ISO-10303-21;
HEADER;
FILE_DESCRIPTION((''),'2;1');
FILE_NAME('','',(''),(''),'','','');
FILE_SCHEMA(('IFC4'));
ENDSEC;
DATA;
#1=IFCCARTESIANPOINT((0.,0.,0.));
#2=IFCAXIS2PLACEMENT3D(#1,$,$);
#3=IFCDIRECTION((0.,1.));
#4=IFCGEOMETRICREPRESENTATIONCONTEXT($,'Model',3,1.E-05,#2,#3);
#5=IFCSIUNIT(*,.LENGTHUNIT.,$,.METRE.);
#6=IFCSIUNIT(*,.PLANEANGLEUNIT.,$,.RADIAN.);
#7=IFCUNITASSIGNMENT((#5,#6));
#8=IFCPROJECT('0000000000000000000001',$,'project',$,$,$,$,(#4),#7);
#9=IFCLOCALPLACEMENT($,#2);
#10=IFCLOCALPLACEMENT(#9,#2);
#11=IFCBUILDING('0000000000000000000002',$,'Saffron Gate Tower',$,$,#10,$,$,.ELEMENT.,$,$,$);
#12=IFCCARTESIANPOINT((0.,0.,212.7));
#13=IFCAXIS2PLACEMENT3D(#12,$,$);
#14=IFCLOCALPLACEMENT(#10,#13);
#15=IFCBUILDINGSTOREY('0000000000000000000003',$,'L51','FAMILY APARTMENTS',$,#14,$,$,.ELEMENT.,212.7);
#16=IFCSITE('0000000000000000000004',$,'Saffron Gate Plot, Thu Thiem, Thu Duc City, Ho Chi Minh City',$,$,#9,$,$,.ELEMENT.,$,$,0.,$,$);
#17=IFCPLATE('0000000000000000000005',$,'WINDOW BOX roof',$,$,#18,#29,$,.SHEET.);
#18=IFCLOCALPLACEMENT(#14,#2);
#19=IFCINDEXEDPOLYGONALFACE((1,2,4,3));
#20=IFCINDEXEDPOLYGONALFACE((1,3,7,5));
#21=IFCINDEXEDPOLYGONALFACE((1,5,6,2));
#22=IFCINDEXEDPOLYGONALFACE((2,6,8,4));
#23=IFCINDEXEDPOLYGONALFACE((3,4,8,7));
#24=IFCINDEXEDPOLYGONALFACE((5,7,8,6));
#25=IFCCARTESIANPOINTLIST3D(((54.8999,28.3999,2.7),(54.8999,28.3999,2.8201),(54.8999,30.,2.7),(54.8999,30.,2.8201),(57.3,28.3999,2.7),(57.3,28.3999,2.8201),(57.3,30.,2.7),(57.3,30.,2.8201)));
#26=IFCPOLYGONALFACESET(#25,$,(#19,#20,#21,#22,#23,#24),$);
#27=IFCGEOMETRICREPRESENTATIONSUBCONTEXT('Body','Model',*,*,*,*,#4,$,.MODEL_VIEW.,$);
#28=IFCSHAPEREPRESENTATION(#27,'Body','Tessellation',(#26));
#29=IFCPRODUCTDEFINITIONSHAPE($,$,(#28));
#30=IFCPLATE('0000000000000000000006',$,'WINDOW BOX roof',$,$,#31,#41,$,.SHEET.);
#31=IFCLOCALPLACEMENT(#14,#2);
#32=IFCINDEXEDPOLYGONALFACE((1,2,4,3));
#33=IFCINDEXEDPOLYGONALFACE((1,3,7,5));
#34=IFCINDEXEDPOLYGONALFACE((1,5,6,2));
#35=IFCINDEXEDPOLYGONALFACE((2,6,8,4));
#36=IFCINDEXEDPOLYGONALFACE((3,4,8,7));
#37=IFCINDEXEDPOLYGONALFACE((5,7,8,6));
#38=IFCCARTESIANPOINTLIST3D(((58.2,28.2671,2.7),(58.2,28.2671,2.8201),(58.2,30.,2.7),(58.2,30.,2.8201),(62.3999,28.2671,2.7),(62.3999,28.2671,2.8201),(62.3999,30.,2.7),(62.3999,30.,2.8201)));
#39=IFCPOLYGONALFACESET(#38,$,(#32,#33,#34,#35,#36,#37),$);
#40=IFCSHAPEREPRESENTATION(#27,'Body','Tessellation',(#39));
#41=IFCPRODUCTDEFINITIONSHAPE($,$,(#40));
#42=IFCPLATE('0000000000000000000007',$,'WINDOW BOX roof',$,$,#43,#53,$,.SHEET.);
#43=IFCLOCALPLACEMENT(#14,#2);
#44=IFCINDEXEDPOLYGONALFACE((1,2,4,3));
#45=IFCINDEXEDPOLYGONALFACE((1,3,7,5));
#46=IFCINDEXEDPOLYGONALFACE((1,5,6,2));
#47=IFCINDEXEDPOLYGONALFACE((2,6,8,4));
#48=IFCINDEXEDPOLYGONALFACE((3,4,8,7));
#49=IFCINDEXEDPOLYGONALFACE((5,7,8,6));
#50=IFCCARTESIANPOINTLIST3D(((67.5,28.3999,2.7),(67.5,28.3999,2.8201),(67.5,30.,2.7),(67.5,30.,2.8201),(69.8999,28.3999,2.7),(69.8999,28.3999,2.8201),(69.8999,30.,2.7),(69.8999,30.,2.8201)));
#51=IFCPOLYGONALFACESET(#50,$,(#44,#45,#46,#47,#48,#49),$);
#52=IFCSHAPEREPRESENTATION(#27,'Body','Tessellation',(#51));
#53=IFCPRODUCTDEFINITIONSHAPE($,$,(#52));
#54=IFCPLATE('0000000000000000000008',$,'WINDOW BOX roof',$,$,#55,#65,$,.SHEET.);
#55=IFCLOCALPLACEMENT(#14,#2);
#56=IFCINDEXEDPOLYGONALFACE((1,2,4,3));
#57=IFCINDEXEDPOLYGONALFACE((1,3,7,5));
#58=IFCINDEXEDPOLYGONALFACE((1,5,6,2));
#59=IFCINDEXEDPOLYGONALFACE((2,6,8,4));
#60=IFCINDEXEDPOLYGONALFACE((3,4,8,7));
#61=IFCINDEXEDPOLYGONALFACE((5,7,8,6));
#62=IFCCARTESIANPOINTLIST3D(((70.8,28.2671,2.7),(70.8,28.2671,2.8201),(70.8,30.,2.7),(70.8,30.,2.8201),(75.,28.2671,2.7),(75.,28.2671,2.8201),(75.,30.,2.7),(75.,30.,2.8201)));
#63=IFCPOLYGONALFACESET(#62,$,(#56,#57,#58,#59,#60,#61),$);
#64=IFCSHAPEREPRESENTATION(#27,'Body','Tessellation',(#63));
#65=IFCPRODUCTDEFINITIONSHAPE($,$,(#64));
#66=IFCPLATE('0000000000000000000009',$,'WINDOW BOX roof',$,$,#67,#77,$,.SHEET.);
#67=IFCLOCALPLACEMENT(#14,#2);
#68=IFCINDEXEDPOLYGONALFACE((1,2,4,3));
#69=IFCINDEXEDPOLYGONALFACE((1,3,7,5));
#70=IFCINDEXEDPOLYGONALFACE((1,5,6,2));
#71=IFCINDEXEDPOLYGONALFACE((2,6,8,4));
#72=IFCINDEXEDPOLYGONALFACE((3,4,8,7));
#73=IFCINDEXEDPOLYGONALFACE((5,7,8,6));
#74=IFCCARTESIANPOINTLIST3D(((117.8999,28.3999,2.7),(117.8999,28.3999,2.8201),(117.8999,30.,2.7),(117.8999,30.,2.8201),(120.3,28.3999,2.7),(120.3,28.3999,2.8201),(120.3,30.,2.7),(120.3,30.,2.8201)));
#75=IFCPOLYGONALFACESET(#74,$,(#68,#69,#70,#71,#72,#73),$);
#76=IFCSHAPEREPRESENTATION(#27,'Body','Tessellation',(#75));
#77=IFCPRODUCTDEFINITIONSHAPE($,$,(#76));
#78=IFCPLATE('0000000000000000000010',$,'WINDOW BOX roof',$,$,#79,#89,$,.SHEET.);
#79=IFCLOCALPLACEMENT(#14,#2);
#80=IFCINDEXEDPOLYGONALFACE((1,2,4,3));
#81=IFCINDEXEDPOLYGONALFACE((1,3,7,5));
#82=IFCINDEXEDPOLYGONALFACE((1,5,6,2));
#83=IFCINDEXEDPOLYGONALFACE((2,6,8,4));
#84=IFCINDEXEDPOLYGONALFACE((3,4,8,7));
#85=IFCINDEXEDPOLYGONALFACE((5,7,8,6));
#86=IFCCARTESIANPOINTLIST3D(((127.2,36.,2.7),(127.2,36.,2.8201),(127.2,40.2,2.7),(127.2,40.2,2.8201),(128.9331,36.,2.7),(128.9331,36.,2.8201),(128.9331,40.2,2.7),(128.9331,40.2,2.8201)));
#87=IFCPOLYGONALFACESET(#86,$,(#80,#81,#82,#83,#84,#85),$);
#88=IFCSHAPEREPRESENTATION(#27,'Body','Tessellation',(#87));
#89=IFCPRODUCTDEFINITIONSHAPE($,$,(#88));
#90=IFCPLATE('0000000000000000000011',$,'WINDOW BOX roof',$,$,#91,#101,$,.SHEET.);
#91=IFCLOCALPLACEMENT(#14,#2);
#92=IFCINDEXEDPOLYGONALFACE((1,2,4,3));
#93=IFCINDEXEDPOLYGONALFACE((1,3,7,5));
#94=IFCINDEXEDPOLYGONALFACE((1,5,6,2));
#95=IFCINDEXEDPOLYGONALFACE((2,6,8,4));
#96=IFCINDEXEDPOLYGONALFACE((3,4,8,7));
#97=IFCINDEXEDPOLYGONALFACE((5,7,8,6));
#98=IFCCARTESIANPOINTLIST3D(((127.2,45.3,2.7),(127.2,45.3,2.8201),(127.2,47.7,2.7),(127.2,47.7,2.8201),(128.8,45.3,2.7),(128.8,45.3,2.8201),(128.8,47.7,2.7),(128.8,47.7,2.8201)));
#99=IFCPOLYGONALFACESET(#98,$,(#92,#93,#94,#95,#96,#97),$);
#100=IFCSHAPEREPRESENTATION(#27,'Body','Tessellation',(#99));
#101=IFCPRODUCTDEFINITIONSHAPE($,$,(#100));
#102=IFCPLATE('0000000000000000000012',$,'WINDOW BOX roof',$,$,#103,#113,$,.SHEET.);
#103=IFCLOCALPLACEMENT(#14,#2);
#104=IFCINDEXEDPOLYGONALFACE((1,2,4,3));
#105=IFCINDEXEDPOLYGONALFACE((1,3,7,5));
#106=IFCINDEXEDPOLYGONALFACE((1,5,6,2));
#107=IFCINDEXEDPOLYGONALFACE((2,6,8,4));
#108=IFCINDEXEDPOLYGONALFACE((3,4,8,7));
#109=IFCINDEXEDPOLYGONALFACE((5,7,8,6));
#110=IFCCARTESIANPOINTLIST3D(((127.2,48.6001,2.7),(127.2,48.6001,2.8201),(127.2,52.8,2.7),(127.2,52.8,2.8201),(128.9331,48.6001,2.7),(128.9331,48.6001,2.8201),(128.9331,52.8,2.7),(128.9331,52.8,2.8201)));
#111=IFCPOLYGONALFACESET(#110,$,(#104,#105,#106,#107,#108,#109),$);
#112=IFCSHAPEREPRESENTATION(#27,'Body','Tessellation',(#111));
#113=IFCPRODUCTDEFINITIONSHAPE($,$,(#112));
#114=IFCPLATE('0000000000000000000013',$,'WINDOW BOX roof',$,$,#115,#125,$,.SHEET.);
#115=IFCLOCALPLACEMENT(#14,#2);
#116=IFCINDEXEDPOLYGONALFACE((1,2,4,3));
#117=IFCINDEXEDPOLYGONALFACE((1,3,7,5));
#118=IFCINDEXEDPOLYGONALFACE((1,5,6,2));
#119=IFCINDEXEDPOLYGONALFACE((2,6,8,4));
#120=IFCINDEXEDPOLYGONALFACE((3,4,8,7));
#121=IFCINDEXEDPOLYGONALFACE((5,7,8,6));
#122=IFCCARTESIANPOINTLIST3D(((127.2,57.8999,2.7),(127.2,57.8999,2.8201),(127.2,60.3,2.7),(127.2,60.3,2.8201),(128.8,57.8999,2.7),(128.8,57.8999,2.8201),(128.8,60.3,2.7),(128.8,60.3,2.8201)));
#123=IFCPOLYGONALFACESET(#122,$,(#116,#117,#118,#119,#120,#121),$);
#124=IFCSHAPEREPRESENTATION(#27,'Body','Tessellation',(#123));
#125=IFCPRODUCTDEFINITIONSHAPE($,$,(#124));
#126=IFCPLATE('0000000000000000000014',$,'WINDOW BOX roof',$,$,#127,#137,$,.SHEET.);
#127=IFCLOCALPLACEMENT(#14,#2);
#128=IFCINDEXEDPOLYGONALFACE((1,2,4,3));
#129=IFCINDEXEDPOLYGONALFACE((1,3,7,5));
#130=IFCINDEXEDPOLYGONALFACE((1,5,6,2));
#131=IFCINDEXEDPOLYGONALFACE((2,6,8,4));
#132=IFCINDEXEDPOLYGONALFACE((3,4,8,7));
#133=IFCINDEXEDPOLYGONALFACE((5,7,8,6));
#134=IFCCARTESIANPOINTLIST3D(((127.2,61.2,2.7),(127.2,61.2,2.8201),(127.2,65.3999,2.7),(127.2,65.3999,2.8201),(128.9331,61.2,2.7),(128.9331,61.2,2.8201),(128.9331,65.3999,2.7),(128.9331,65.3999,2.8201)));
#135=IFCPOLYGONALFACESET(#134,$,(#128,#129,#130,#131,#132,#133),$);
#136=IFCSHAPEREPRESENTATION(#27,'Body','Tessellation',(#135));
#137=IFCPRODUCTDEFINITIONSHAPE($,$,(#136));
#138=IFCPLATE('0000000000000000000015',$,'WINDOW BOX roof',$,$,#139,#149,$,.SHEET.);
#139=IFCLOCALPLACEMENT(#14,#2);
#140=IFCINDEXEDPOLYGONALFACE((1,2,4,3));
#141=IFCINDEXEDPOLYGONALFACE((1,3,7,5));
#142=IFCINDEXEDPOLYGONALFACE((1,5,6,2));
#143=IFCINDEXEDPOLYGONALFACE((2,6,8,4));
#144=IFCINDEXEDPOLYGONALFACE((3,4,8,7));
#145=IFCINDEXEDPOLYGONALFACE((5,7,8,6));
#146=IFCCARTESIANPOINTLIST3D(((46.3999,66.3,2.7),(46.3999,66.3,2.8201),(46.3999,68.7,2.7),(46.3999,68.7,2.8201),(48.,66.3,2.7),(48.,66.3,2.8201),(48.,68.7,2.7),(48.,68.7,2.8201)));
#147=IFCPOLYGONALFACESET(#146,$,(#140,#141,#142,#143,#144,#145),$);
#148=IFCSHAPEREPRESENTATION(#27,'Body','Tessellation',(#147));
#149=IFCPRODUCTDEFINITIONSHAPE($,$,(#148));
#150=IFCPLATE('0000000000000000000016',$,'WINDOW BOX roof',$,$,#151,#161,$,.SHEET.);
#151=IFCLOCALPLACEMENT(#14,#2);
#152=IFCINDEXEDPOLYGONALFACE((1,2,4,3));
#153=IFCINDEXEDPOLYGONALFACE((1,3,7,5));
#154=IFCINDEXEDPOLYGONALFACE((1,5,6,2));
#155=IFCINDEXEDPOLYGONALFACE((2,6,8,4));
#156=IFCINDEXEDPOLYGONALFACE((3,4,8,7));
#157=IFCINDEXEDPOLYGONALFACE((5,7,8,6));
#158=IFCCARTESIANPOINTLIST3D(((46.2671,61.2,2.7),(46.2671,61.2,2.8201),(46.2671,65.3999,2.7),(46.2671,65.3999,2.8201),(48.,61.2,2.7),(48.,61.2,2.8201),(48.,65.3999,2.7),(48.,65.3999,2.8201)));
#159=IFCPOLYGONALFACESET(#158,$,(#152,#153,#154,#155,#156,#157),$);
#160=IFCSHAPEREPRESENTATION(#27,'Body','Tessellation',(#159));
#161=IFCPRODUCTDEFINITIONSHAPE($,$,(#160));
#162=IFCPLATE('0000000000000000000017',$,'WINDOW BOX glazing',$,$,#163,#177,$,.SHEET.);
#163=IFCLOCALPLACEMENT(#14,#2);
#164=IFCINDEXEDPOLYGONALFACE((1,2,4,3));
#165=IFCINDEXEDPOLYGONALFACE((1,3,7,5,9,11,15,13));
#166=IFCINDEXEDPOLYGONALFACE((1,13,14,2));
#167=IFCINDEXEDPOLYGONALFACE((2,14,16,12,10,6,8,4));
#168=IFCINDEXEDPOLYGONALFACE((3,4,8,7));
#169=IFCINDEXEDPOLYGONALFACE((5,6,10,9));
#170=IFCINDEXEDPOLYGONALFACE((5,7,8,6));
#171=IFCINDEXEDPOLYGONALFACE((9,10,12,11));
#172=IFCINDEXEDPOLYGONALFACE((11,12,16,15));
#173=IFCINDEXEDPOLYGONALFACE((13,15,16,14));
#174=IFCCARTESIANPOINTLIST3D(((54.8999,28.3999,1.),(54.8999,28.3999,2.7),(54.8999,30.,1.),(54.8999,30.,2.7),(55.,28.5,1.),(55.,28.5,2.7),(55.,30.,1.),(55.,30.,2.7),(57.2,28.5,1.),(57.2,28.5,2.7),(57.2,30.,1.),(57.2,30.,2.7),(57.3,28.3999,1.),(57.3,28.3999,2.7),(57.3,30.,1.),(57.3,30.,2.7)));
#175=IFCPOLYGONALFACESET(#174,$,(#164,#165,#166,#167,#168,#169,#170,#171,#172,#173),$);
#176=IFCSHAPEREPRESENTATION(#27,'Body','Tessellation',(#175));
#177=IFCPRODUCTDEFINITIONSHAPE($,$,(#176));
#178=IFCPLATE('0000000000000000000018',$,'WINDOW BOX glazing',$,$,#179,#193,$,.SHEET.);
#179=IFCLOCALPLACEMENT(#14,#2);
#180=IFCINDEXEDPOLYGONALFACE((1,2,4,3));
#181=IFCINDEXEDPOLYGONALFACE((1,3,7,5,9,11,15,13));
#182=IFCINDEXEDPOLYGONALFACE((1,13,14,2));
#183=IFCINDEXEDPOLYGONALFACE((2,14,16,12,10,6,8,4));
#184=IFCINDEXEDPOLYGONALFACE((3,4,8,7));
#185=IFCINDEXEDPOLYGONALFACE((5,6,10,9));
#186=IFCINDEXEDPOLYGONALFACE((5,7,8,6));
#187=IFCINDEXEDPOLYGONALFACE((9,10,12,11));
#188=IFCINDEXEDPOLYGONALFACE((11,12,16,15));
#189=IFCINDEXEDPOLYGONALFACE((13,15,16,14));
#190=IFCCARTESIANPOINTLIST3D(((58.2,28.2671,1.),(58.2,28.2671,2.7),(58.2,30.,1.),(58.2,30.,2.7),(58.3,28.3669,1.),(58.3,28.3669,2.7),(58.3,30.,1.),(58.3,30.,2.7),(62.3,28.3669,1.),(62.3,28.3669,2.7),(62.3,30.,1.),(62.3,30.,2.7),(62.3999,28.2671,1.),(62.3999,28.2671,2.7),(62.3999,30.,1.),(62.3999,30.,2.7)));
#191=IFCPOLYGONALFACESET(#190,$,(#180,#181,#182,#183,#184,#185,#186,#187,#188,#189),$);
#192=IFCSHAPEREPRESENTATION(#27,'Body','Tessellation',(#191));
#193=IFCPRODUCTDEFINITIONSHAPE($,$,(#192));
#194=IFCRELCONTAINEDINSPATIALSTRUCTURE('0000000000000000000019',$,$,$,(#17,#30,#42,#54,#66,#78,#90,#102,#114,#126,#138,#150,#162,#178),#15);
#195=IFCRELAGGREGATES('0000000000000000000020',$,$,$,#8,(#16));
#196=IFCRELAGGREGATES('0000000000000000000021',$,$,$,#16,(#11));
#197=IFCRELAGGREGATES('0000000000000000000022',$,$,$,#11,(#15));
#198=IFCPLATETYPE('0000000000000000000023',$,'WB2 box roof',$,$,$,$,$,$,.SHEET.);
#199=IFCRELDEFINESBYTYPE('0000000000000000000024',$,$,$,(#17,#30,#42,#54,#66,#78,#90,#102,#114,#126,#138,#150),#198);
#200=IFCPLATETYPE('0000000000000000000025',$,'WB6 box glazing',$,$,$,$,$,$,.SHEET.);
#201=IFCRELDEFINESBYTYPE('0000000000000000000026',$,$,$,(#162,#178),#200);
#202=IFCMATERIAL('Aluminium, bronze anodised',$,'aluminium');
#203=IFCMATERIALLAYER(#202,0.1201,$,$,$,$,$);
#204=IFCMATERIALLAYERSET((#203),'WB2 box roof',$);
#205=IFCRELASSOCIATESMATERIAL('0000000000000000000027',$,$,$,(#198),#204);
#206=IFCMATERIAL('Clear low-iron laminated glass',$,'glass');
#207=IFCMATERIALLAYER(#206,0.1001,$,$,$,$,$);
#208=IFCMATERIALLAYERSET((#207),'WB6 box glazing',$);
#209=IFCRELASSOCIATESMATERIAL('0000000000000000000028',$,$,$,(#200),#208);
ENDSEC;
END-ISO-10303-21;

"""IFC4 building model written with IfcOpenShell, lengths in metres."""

from ifc_helpers import new_model, si_unit, direction, frame, origin, place, context, subcontext, project, spatial, polyline, outline, extrude, material, layer, layer_set, type_object, element, save


model = new_model("IFC4")

# Units and contexts
model_context = context("Model", 3, precision=1e-05, world=origin(), true_north=direction((0.0, 1.0)))
body_context = subcontext(model_context, "Body", "Model", "MODEL_VIEW")
ifc_project = project(units=[si_unit("LENGTHUNIT", "METRE"), si_unit("PLANEANGLEUNIT", "RADIAN")], contexts=[model_context])

# Site, building, storey
site_placement = place(None, origin())
site = spatial("IfcSite", under=ifc_project, at=site_placement, Name="Saffron Gate Plot, Thu Thiem, Thu Duc City, Ho Chi Minh City", CompositionType="ELEMENT", RefElevation=0.0)
building_placement = place(site_placement, origin())
building = spatial("IfcBuilding", under=site, at=building_placement, Name="Saffron Gate Tower", CompositionType="ELEMENT")
storey_placement = place(building_placement, frame((0.0, 0.0, 212.7)))
storey = spatial("IfcBuildingStorey", under=building, at=storey_placement, Name="L51", Description="FAMILY APARTMENTS", CompositionType="ELEMENT", Elevation=212.7)

# Plates
ifc_material_1 = material(Name="Aluminium, bronze anodised", Category="aluminium")
ifc_layer_1 = layer(ifc_material_1, 0.1201)
ifc_layer_set_1 = layer_set([ifc_layer_1], Name="WB2 box roof")
plate_type_1 = type_object("IfcPlateType", Name="WB2 box roof", PredefinedType="SHEET", material=ifc_layer_set_1)
plate_1_placement = place(storey_placement, frame((0.0, 0.0, 2.7)))
element("IfcPlate", 1, at=plate_1_placement, inside=storey, type_object=plate_type_1, Name="WINDOW BOX roof", PredefinedType="SHEET", context=body_context, shape_type="SweptSolid", body=[
    extrude(outline(polyline([(54.8999, 30.0), (57.3, 30.0), (57.3, 28.3999), (54.8999, 28.3999), (54.8999, 30.0)])), origin(), (0.0, 0.0, 1.0), 0.1201),
])
plate_2_placement = place(storey_placement, frame((0.0, 0.0, 2.7)))
element("IfcPlate", 2, at=plate_2_placement, inside=storey, type_object=plate_type_1, Name="WINDOW BOX roof", PredefinedType="SHEET", context=body_context, shape_type="SweptSolid", body=[
    extrude(outline(polyline([(58.2, 30.0), (62.3999, 30.0), (62.3999, 28.2671), (58.2, 28.2671), (58.2, 30.0)])), origin(), (0.0, 0.0, 1.0), 0.1201),
])
plate_3_placement = place(storey_placement, frame((0.0, 0.0, 2.7)))
element("IfcPlate", 3, at=plate_3_placement, inside=storey, type_object=plate_type_1, Name="WINDOW BOX roof", PredefinedType="SHEET", context=body_context, shape_type="SweptSolid", body=[
    extrude(outline(polyline([(67.5, 30.0), (69.8999, 30.0), (69.8999, 28.3999), (67.5, 28.3999), (67.5, 30.0)])), origin(), (0.0, 0.0, 1.0), 0.1201),
])
plate_4_placement = place(storey_placement, frame((0.0, 0.0, 2.7)))
element("IfcPlate", 4, at=plate_4_placement, inside=storey, type_object=plate_type_1, Name="WINDOW BOX roof", PredefinedType="SHEET", context=body_context, shape_type="SweptSolid", body=[
    extrude(outline(polyline([(70.8, 30.0), (75.0, 30.0), (75.0, 28.2671), (70.8, 28.2671), (70.8, 30.0)])), origin(), (0.0, 0.0, 1.0), 0.1201),
])
plate_5_placement = place(storey_placement, frame((0.0, 0.0, 2.7)))
element("IfcPlate", 5, at=plate_5_placement, inside=storey, type_object=plate_type_1, Name="WINDOW BOX roof", PredefinedType="SHEET", context=body_context, shape_type="SweptSolid", body=[
    extrude(outline(polyline([(117.8999, 30.0), (120.3, 30.0), (120.3, 28.3999), (117.8999, 28.3999), (117.8999, 30.0)])), origin(), (0.0, 0.0, 1.0), 0.1201),
])
plate_6_placement = place(storey_placement, frame((0.0, 0.0, 2.7)))
element("IfcPlate", 6, at=plate_6_placement, inside=storey, type_object=plate_type_1, Name="WINDOW BOX roof", PredefinedType="SHEET", context=body_context, shape_type="SweptSolid", body=[
    extrude(outline(polyline([(127.2, 36.0), (127.2, 40.2), (128.9331, 40.2), (128.9331, 36.0), (127.2, 36.0)])), origin(), (0.0, 0.0, 1.0), 0.1201),
])
plate_7_placement = place(storey_placement, frame((0.0, 0.0, 2.7)))
element("IfcPlate", 7, at=plate_7_placement, inside=storey, type_object=plate_type_1, Name="WINDOW BOX roof", PredefinedType="SHEET", context=body_context, shape_type="SweptSolid", body=[
    extrude(outline(polyline([(127.2, 45.3), (127.2, 47.7), (128.8, 47.7), (128.8, 45.3), (127.2, 45.3)])), origin(), (0.0, 0.0, 1.0), 0.1201),
])
plate_8_placement = place(storey_placement, frame((0.0, 0.0, 2.7)))
element("IfcPlate", 8, at=plate_8_placement, inside=storey, type_object=plate_type_1, Name="WINDOW BOX roof", PredefinedType="SHEET", context=body_context, shape_type="SweptSolid", body=[
    extrude(outline(polyline([(127.2, 48.6001), (127.2, 52.8), (128.9331, 52.8), (128.9331, 48.6001), (127.2, 48.6001)])), origin(), (0.0, 0.0, 1.0), 0.1201),
])
plate_9_placement = place(storey_placement, frame((0.0, 0.0, 2.7)))
element("IfcPlate", 9, at=plate_9_placement, inside=storey, type_object=plate_type_1, Name="WINDOW BOX roof", PredefinedType="SHEET", context=body_context, shape_type="SweptSolid", body=[
    extrude(outline(polyline([(127.2, 57.8999), (127.2, 60.3), (128.8, 60.3), (128.8, 57.8999), (127.2, 57.8999)])), origin(), (0.0, 0.0, 1.0), 0.1201),
])
plate_10_placement = place(storey_placement, frame((0.0, 0.0, 2.7)))
element("IfcPlate", 10, at=plate_10_placement, inside=storey, type_object=plate_type_1, Name="WINDOW BOX roof", PredefinedType="SHEET", context=body_context, shape_type="SweptSolid", body=[
    extrude(outline(polyline([(127.2, 61.2), (127.2, 65.3999), (128.9331, 65.3999), (128.9331, 61.2), (127.2, 61.2)])), origin(), (0.0, 0.0, 1.0), 0.1201),
])
plate_11_placement = place(storey_placement, frame((0.0, 0.0, 2.7)))
element("IfcPlate", 11, at=plate_11_placement, inside=storey, type_object=plate_type_1, Name="WINDOW BOX roof", PredefinedType="SHEET", context=body_context, shape_type="SweptSolid", body=[
    extrude(outline(polyline([(48.0, 68.7), (48.0, 66.3), (46.3999, 66.3), (46.3999, 68.7), (48.0, 68.7)])), origin(), (0.0, 0.0, 1.0), 0.1201),
])
plate_12_placement = place(storey_placement, frame((0.0, 0.0, 2.7)))
element("IfcPlate", 12, at=plate_12_placement, inside=storey, type_object=plate_type_1, Name="WINDOW BOX roof", PredefinedType="SHEET", context=body_context, shape_type="SweptSolid", body=[
    extrude(outline(polyline([(48.0, 65.3999), (48.0, 61.2), (46.2671, 61.2), (46.2671, 65.3999), (48.0, 65.3999)])), origin(), (0.0, 0.0, 1.0), 0.1201),
])
ifc_material_2 = material(Name="Clear low-iron laminated glass", Category="glass")
ifc_layer_2 = layer(ifc_material_2, 0.1001)
ifc_layer_set_2 = layer_set([ifc_layer_2], Name="WB6 box glazing")
plate_type_2 = type_object("IfcPlateType", Name="WB6 box glazing", PredefinedType="SHEET", material=ifc_layer_set_2)
plate_13_placement = place(storey_placement, frame((0.0, 0.0, 1.0)))
element("IfcPlate", 13, at=plate_13_placement, inside=storey, type_object=plate_type_2, Name="WINDOW BOX glazing", PredefinedType="SHEET", context=body_context, shape_type="SweptSolid", body=[
    extrude(outline(polyline([(54.8999, 30.0), (55.0, 30.0), (55.0, 28.5), (57.2, 28.5), (57.2, 30.0), (57.3, 30.0), (57.3, 28.3999), (54.8999, 28.3999), (54.8999, 30.0)])), origin(), (0.0, 0.0, 1.0), 1.7),
])
plate_14_placement = place(storey_placement, frame((0.0, 0.0, 1.0)))
element("IfcPlate", 14, at=plate_14_placement, inside=storey, type_object=plate_type_2, Name="WINDOW BOX glazing", PredefinedType="SHEET", context=body_context, shape_type="SweptSolid", body=[
    extrude(outline(polyline([(58.2, 30.0), (58.3, 30.0), (58.3, 28.3669), (62.3, 28.3669), (62.3, 30.0), (62.3999, 30.0), (62.3999, 28.2671), (58.2, 28.2671), (58.2, 30.0)])), origin(), (0.0, 0.0, 1.0), 1.7),
])

save(model, "model.ifc")
